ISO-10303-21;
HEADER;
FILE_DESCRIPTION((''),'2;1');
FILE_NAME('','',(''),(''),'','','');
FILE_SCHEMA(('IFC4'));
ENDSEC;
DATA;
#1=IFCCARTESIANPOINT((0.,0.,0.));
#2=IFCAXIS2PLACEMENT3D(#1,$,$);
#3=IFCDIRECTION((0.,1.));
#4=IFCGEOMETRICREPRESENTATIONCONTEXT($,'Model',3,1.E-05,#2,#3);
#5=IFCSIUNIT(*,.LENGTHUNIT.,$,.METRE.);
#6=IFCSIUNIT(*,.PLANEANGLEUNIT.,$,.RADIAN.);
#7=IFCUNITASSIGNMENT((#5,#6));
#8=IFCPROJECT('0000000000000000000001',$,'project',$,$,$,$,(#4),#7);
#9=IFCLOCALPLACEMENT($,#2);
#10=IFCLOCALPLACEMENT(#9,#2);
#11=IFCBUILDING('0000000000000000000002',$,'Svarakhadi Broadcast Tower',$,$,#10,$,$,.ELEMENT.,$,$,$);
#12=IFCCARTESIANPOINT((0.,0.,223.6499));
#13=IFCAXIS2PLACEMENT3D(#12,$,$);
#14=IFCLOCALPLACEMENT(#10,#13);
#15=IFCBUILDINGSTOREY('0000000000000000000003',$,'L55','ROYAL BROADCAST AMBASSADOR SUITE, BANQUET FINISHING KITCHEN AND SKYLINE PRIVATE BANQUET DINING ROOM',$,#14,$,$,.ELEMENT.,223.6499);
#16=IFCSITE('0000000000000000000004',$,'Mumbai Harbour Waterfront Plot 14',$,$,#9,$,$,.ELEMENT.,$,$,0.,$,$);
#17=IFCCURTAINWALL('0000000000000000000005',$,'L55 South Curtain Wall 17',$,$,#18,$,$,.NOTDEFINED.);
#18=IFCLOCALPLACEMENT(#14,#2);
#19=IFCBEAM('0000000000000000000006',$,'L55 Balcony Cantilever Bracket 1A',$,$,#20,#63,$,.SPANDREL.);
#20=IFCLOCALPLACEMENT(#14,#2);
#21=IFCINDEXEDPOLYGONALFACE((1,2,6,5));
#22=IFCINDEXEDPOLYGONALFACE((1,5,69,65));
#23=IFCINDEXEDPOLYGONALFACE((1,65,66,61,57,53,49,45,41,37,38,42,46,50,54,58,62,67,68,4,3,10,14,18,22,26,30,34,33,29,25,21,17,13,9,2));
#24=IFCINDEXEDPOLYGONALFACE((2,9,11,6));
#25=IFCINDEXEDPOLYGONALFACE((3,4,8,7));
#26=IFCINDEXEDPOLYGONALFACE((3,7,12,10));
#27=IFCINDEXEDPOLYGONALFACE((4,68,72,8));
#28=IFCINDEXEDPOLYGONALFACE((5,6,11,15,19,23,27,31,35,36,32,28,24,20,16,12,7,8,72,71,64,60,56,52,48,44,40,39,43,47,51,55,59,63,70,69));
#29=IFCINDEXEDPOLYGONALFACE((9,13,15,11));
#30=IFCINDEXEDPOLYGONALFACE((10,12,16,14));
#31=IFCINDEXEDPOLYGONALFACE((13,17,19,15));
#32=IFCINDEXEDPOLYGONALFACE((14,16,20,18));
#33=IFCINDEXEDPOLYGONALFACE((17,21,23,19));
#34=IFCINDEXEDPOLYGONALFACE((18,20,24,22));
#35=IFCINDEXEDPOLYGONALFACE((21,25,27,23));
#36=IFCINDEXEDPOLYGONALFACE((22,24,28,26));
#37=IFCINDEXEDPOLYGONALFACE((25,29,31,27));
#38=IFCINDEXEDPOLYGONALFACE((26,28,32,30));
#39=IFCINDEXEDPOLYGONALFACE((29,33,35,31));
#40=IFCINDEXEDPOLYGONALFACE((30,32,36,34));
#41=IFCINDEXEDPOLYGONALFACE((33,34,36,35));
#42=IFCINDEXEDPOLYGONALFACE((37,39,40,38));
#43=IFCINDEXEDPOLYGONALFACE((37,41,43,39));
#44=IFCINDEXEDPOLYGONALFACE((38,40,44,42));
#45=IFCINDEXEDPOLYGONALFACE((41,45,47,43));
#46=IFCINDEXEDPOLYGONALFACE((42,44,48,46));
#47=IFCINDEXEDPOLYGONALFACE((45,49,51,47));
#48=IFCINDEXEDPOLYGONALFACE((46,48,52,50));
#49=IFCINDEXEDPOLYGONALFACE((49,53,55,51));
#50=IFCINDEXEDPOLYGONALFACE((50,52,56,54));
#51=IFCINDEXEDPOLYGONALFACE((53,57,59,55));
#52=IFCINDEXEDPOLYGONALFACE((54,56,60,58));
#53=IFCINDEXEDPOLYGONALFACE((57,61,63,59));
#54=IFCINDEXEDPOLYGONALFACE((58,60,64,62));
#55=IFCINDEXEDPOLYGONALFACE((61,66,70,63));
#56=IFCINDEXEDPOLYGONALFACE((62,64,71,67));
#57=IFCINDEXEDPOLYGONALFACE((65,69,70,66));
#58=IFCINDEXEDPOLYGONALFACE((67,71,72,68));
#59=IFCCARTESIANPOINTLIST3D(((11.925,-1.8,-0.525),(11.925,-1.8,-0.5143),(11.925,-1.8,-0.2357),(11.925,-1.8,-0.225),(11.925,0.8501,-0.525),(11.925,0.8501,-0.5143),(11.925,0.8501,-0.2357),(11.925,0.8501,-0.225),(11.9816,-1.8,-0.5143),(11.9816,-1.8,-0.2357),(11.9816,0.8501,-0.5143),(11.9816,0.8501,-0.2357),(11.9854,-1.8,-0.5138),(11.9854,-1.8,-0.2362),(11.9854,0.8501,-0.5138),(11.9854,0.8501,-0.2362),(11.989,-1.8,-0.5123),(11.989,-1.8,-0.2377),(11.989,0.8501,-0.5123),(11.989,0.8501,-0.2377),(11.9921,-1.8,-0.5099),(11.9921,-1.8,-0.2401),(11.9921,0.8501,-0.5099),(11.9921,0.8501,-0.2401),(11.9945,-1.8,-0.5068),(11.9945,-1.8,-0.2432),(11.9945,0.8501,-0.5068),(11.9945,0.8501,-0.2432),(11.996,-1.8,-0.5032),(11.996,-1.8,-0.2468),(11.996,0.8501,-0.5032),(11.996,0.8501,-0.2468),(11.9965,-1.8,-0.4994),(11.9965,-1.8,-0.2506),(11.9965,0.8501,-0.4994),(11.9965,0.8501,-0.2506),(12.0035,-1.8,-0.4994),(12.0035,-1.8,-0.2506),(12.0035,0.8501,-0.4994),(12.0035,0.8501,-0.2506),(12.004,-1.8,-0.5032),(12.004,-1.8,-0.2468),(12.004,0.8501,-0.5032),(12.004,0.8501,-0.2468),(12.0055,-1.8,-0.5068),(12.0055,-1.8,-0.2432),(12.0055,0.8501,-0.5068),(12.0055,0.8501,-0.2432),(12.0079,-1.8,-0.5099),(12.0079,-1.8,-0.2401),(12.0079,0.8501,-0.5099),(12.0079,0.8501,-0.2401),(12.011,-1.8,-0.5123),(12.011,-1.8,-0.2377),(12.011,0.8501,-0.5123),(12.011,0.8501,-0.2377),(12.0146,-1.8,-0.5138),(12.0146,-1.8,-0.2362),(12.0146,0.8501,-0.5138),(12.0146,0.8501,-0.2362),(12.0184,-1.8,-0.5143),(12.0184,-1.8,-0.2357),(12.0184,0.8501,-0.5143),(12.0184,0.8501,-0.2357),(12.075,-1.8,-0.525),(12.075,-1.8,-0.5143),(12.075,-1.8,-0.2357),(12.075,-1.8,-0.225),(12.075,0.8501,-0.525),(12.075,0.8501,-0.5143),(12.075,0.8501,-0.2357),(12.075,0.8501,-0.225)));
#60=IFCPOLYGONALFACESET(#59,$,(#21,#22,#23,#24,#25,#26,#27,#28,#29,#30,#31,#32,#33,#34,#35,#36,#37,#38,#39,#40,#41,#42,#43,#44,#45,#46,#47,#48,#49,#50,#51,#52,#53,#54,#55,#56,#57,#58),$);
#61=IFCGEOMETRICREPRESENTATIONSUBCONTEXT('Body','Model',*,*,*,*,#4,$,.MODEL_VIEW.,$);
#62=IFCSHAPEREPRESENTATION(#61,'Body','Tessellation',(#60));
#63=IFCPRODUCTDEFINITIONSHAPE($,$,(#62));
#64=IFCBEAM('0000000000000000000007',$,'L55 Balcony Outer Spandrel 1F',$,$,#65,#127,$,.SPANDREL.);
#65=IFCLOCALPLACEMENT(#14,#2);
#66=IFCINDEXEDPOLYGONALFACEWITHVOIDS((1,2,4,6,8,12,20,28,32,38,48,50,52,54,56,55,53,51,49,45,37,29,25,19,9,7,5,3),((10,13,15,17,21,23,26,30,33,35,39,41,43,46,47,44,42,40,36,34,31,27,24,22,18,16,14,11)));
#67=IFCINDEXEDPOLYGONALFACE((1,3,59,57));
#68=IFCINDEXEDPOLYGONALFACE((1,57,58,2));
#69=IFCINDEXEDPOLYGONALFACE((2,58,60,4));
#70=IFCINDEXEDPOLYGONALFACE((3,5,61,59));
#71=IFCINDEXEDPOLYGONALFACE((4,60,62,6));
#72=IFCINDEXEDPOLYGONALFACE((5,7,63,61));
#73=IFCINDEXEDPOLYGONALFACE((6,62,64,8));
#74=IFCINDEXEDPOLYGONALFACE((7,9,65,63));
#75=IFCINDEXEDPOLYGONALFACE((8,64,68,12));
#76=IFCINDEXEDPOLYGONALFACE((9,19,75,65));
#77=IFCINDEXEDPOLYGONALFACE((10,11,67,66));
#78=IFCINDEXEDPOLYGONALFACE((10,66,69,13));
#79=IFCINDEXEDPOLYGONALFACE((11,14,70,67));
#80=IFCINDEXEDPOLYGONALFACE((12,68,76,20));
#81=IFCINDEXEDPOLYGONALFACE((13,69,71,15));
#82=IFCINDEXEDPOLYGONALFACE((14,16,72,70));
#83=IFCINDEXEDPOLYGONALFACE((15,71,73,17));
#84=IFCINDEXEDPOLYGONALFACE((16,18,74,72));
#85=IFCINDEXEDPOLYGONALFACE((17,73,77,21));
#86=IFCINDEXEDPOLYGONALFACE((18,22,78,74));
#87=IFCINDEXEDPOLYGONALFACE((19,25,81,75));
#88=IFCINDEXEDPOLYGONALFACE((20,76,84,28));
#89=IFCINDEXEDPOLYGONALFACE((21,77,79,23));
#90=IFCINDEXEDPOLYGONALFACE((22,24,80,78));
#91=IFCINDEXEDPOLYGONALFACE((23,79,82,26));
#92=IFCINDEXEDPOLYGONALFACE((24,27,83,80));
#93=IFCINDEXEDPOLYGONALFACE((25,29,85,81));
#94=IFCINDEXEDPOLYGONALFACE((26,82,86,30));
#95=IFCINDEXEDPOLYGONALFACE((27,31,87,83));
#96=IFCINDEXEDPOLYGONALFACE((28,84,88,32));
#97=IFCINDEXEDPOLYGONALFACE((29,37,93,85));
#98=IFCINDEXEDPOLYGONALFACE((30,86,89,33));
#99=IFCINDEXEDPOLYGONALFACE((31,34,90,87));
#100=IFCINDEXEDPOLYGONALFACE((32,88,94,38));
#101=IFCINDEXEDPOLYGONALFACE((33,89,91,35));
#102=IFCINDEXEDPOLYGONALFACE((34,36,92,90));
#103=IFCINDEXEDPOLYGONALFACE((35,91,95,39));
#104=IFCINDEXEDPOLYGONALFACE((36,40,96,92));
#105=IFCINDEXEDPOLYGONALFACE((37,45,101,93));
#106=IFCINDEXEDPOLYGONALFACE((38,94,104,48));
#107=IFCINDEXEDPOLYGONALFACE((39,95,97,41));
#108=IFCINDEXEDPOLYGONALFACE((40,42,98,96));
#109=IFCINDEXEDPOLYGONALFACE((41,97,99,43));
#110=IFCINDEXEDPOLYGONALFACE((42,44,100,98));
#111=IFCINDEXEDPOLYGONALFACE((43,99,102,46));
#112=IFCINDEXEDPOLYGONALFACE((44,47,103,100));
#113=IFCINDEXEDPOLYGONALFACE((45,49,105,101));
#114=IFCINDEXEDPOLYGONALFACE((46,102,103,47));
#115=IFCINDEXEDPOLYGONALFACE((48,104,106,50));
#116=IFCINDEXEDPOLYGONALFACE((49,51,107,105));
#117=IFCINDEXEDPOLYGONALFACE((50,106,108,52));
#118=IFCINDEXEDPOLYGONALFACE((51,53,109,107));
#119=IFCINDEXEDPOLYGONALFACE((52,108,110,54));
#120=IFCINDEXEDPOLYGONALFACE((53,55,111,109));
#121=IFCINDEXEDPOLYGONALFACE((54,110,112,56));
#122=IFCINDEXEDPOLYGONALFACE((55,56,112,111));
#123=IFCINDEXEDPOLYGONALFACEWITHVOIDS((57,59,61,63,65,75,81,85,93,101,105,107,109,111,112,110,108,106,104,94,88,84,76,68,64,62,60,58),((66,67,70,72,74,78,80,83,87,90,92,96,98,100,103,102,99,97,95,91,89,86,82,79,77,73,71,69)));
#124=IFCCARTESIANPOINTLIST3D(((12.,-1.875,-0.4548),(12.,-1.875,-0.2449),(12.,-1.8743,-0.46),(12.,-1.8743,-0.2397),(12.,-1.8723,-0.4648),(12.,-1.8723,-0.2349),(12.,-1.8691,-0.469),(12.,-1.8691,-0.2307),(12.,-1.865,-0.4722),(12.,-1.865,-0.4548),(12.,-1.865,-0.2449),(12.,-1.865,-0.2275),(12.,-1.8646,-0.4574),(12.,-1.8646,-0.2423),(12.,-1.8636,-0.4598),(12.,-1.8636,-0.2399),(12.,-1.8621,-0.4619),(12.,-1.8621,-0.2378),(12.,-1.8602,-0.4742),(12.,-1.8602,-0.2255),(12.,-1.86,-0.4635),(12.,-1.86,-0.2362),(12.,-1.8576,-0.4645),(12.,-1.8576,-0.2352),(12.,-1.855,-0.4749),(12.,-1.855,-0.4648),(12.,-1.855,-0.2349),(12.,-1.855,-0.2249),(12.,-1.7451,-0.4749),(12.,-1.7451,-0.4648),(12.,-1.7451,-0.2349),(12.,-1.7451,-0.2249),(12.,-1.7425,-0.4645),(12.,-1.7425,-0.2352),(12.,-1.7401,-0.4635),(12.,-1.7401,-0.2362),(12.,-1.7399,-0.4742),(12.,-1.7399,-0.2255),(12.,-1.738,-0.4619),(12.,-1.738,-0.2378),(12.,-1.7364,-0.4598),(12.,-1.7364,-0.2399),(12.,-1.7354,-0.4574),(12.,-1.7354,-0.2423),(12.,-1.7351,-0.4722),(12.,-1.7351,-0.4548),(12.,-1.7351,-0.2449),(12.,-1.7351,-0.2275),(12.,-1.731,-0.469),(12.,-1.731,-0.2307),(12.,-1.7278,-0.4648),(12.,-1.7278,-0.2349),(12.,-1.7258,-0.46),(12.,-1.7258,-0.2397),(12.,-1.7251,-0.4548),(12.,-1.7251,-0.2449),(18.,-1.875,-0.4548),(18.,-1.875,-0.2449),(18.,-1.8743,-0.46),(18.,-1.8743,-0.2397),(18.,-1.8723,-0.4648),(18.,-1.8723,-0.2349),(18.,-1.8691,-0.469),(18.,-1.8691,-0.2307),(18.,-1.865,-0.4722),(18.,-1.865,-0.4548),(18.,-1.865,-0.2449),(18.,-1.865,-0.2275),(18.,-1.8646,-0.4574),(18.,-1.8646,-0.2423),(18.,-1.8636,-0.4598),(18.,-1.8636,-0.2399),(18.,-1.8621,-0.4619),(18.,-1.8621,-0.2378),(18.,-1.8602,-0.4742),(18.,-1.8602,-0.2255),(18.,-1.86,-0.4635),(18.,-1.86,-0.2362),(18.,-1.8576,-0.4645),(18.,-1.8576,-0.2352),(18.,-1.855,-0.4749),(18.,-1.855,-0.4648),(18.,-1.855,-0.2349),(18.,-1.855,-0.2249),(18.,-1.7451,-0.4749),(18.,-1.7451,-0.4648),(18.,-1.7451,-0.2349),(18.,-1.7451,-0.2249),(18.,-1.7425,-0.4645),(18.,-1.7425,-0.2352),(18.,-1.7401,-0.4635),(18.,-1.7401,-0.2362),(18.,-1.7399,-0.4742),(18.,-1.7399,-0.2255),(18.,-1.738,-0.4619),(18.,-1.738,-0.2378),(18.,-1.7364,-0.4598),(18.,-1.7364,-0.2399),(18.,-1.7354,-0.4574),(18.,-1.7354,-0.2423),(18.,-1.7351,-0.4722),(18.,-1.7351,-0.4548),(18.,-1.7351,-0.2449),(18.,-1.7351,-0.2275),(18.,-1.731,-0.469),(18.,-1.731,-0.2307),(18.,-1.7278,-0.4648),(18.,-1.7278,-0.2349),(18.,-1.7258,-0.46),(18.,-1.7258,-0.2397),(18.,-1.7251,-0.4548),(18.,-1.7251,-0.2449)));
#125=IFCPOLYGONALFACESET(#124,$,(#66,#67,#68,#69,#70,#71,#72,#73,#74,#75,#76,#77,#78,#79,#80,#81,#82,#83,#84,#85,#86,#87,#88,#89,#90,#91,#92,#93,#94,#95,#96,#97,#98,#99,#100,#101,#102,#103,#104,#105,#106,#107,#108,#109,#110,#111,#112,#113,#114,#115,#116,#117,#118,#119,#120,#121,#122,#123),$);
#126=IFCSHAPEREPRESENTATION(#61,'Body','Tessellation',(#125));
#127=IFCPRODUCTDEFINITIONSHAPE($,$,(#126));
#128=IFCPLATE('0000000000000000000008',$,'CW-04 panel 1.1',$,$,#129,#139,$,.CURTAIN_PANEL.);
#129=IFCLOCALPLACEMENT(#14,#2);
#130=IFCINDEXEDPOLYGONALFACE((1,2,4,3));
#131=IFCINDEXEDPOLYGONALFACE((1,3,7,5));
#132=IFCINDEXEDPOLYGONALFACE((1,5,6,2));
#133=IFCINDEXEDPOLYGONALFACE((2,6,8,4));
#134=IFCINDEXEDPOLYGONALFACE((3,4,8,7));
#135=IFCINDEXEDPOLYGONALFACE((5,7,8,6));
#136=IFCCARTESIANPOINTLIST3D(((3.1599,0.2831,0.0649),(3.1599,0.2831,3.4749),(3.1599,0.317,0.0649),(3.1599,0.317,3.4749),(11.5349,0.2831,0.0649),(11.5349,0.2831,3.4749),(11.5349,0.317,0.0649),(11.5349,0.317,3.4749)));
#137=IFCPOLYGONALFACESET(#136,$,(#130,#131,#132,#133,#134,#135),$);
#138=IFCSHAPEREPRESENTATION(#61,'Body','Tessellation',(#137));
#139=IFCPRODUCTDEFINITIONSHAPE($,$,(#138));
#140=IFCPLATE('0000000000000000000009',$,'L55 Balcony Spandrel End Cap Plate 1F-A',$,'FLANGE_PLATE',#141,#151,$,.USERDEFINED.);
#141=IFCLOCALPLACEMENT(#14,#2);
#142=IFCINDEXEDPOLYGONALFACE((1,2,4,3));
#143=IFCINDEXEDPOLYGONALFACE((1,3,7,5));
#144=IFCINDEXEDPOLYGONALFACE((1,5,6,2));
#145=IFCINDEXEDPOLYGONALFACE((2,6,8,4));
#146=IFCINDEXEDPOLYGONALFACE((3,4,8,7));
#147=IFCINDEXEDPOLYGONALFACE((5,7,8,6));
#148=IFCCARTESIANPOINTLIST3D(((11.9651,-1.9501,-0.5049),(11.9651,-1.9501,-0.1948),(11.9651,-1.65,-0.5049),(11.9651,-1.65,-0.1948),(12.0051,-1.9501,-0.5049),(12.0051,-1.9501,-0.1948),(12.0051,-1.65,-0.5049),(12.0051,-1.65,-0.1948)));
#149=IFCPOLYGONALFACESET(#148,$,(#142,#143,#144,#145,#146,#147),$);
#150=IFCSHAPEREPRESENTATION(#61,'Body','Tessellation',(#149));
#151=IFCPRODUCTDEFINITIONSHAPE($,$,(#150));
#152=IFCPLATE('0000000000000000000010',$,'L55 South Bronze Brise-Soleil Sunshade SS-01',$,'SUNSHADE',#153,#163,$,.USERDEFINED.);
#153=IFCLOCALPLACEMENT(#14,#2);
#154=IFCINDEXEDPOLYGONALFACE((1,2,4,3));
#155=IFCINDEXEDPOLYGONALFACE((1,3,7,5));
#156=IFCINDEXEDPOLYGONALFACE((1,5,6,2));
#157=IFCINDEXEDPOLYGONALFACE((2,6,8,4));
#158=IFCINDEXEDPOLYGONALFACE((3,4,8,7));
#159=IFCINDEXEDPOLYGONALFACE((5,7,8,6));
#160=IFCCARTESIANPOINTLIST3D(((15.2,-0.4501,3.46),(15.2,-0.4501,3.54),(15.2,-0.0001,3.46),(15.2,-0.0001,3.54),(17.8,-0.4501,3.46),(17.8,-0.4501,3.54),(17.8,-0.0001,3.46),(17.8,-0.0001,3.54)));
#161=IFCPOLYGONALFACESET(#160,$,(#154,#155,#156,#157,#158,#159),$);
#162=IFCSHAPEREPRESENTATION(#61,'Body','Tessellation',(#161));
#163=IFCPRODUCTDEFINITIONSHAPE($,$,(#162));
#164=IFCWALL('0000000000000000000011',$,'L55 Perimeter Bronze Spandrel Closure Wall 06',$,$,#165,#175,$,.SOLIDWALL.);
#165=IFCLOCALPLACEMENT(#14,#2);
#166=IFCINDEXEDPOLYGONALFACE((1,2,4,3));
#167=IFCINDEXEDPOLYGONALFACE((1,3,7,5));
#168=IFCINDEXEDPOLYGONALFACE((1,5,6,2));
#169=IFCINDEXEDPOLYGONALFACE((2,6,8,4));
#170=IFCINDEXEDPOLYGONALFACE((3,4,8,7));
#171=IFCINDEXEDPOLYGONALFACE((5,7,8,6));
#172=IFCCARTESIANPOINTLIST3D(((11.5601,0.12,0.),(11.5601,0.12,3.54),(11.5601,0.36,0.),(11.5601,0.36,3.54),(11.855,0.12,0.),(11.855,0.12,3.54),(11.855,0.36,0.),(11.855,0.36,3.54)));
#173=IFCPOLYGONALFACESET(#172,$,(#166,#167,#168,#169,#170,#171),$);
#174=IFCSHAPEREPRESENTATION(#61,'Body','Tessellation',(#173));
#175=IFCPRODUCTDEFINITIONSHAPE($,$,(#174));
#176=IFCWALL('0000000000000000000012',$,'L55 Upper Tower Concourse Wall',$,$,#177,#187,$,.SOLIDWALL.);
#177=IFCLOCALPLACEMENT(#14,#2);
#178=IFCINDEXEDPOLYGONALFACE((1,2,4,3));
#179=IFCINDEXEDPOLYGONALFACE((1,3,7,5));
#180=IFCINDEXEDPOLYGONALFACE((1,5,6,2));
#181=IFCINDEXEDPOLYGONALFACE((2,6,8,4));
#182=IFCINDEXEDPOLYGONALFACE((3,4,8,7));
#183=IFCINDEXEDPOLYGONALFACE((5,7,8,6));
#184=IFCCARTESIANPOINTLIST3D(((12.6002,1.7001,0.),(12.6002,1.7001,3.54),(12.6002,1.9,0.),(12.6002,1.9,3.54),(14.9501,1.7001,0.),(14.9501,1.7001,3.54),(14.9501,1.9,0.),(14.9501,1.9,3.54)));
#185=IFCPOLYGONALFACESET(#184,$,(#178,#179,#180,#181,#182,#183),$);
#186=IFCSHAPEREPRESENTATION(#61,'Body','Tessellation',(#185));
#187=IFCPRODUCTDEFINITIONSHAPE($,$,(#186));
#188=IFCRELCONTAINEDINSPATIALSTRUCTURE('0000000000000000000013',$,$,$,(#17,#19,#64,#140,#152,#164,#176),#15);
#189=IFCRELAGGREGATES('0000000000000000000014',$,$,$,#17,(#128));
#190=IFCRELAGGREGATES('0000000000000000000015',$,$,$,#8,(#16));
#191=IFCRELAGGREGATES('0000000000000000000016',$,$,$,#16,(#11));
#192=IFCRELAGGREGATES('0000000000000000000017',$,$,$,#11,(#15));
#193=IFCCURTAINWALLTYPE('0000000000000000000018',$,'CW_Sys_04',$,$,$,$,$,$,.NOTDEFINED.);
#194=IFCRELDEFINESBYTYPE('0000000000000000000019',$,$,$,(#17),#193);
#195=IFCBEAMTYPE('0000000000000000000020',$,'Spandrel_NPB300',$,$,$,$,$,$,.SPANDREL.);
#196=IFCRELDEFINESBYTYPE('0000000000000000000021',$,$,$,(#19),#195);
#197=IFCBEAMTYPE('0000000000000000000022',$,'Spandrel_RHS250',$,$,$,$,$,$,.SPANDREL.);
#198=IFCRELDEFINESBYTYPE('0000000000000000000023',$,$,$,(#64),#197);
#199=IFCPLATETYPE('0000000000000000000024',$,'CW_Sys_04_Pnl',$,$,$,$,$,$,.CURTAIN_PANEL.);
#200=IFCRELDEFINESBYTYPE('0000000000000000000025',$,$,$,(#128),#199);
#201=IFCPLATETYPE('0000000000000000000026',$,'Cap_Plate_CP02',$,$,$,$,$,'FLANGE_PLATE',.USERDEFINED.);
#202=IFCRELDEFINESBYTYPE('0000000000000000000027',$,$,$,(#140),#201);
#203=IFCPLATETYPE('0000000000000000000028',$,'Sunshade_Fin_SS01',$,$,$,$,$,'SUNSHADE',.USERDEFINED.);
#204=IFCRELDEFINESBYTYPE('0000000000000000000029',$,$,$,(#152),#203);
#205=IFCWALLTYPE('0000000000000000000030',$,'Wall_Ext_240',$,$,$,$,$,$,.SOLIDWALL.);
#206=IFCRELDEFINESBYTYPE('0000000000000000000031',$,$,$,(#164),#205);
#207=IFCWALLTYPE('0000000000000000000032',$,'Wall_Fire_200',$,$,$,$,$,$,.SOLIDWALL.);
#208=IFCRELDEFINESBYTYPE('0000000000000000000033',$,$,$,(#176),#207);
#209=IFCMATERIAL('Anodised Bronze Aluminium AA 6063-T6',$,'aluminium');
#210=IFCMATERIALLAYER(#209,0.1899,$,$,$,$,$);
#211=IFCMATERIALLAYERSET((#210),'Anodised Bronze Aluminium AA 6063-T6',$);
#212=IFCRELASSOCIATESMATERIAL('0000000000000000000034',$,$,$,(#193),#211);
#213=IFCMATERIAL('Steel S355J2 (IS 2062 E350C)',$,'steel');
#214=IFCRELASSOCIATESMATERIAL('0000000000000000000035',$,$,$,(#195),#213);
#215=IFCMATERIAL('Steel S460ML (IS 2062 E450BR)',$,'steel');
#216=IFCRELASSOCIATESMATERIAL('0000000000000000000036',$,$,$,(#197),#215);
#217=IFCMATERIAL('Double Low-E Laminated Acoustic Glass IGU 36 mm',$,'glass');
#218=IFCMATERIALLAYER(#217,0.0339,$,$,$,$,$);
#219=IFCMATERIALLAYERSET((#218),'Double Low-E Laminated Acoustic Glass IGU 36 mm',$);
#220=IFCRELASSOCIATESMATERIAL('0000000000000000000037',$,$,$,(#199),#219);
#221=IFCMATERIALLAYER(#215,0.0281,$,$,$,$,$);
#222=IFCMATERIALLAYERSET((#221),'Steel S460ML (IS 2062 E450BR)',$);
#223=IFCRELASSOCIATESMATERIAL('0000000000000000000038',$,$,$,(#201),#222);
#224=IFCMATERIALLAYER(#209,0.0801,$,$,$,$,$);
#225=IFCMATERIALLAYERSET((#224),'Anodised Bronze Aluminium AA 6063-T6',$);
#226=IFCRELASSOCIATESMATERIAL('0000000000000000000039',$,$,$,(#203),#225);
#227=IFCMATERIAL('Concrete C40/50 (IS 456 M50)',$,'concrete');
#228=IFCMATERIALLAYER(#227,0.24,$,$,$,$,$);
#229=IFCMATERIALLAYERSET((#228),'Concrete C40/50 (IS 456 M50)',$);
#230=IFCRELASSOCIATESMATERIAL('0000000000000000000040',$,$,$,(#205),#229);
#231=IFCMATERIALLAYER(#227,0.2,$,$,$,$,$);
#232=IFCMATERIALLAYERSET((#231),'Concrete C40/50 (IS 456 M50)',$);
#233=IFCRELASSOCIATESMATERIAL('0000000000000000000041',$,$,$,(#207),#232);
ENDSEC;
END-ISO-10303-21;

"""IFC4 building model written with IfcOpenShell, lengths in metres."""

from ifc_helpers import new_model, si_unit, direction, frame, frame_2d, origin, origin_2d, place, context, subcontext, project, spatial, rectangle, hollow_rectangle, i_section, extrude, material, layer, layer_set, material_profile, profile_set, type_object, element, aggregate, save


model = new_model("IFC4")

# Units and contexts
model_context = context("Model", 3, precision=1e-05, world=origin(), true_north=direction((0.0, 1.0)))
body_context = subcontext(model_context, "Body", "Model", "MODEL_VIEW")
ifc_project = project(units=[si_unit("LENGTHUNIT", "METRE"), si_unit("PLANEANGLEUNIT", "RADIAN")], contexts=[model_context])

# Site, building, storey
site_placement = place(None, origin())
site = spatial("IfcSite", under=ifc_project, at=site_placement, Name="Mumbai Harbour Waterfront Plot 14", CompositionType="ELEMENT", RefElevation=0.0)
building_placement = place(site_placement, origin())
building = spatial("IfcBuilding", under=site, at=building_placement, Name="Svarakhadi Broadcast Tower", CompositionType="ELEMENT")
storey_placement = place(building_placement, frame((0.0, 0.0, 223.6499)))
storey = spatial("IfcBuildingStorey", under=building, at=storey_placement, Name="L55", Description="ROYAL BROADCAST AMBASSADOR SUITE, BANQUET FINISHING KITCHEN AND SKYLINE PRIVATE BANQUET DINING ROOM", CompositionType="ELEMENT", Elevation=223.6499)

# Shared definitions
ifc_material_1 = material(Name="Steel S460ML (IS 2062 E450BR)", Category="steel")

# Shared definitions
ifc_material_2 = material(Name="Steel S355J2 (IS 2062 E350C)", Category="steel")

# Curtain wall
ifc_material_3 = material(Name="Anodised Bronze Aluminium AA 6063-T6", Category="aluminium")
ifc_layer_1 = layer(ifc_material_3, 0.1899)
ifc_layer_set_1 = layer_set([ifc_layer_1], Name="Anodised Bronze Aluminium AA 6063-T6")
curtain_wall_type = type_object("IfcCurtainWallType", Name="CW_Sys_04", PredefinedType="NOTDEFINED", material=ifc_layer_set_1)
curtain_wall_placement = place(storey_placement, origin())
curtain_wall = element("IfcCurtainWall", 1, at=curtain_wall_placement, inside=storey, type_object=curtain_wall_type, Name="L55 South Curtain Wall 17", PredefinedType="NOTDEFINED")

# Beams
ifc_material_profile_1 = material_profile(ifc_material_2, i_section(OverallWidth=0.1499, OverallDepth=0.3, WebThickness=0.0071, FlangeThickness=0.0107, FilletRadius=0.0149, at=origin_2d()), Name="NPB 300x150x37")
ifc_profile_set_1 = profile_set([ifc_material_profile_1], Name="Steel S355J2 (IS 2062 E350C)")
beam_type_1 = type_object("IfcBeamType", Name="Spandrel_NPB300", PredefinedType="SPANDREL", material=ifc_profile_set_1)
beam_1_placement = place(storey_placement, frame((12.0, 0.8501, -0.375), z_axis=(0.0, -1.0, 0.0), x_axis=(1.0, 0.0, 0.0)))
element("IfcBeam", 2, at=beam_1_placement, inside=storey, type_object=beam_type_1, Name="L55 Balcony Cantilever Bracket 1A", PredefinedType="SPANDREL", context=body_context, shape_type="SweptSolid", body=[
    extrude(i_section(OverallWidth=0.1499, OverallDepth=0.3, WebThickness=0.0071, FlangeThickness=0.0107, FilletRadius=0.0149, at=origin_2d()), origin(), (0.0, 0.0, 1.0), 2.6501),
])
ifc_material_profile_2 = material_profile(ifc_material_1, hollow_rectangle(XDim=0.1499, YDim=0.25, WallThickness=0.01, InnerFilletRadius=0.01, OuterFilletRadius=0.02, at=origin_2d()), Name="RHS 250x150x10")
ifc_profile_set_2 = profile_set([ifc_material_profile_2], Name="Steel S460ML (IS 2062 E450BR)")
beam_type_2 = type_object("IfcBeamType", Name="Spandrel_RHS250", PredefinedType="SPANDREL", material=ifc_profile_set_2)
beam_2_placement = place(storey_placement, frame((12.0, -1.8, -0.3499), z_axis=(1.0, 0.0, 0.0), x_axis=(0.0, 1.0, 0.0)))
element("IfcBeam", 3, at=beam_2_placement, inside=storey, type_object=beam_type_2, Name="L55 Balcony Outer Spandrel 1F", PredefinedType="SPANDREL", context=body_context, shape_type="SweptSolid", body=[
    extrude(hollow_rectangle(XDim=0.1499, YDim=0.25, WallThickness=0.01, InnerFilletRadius=0.01, OuterFilletRadius=0.02, at=origin_2d()), origin(), (0.0, 0.0, 1.0), 6.0),
])

# Plate
ifc_material_4 = material(Name="Double Low-E Laminated Acoustic Glass IGU 36 mm", Category="glass")
ifc_layer_2 = layer(ifc_material_4, 0.0339)
ifc_layer_set_2 = layer_set([ifc_layer_2], Name="Double Low-E Laminated Acoustic Glass IGU 36 mm")
plate_type_1 = type_object("IfcPlateType", Name="CW_Sys_04_Pnl", PredefinedType="CURTAIN_PANEL", material=ifc_layer_set_2)
plate_1_placement = place(storey_placement, frame((7.3474, 0.3, 0.0649), z_axis=(0.0, 0.0, 1.0), x_axis=(-1.0, 0.0, 0.0)))
plate_1 = element("IfcPlate", 4, at=plate_1_placement, type_object=plate_type_1, Name="CW-04 panel 1.1", PredefinedType="CURTAIN_PANEL", context=body_context, shape_type="SweptSolid", body=[
    extrude(rectangle(XDim=8.375, YDim=0.0339, at=origin_2d()), origin(), (0.0, 0.0, 1.0), 3.4099),
])
aggregate(curtain_wall, [plate_1])

# Plates
ifc_layer_3 = layer(ifc_material_1, 0.0281)
ifc_layer_set_3 = layer_set([ifc_layer_3], Name="Steel S460ML (IS 2062 E450BR)")
plate_type_2 = type_object("IfcPlateType", Name="Cap_Plate_CP02", ElementType="FLANGE_PLATE", PredefinedType="USERDEFINED", material=ifc_layer_set_3)
plate_2_placement = place(storey_placement, frame((11.9851, -1.8, -0.5049), z_axis=(0.0, 0.0, 1.0), x_axis=(1.0, 0.0, 0.0)))
element("IfcPlate", 5, at=plate_2_placement, inside=storey, type_object=plate_type_2, Name="L55 Balcony Spandrel End Cap Plate 1F-A", ObjectType="FLANGE_PLATE", PredefinedType="USERDEFINED", context=body_context, shape_type="SweptSolid", body=[
    extrude(rectangle(XDim=0.04, YDim=0.3, at=origin_2d()), origin(), (0.0, 0.0, 1.0), 0.3101),
])
ifc_layer_4 = layer(ifc_material_3, 0.0801)
ifc_layer_set_4 = layer_set([ifc_layer_4], Name="Anodised Bronze Aluminium AA 6063-T6")
plate_type_3 = type_object("IfcPlateType", Name="Sunshade_Fin_SS01", ElementType="SUNSHADE", PredefinedType="USERDEFINED", material=ifc_layer_set_4)
plate_3_placement = place(storey_placement, frame((16.5, -0.2251, 3.46), z_axis=(0.0, 0.0, 1.0), x_axis=(1.0, 0.0, 0.0)))
element("IfcPlate", 6, at=plate_3_placement, inside=storey, type_object=plate_type_3, Name="L55 South Bronze Brise-Soleil Sunshade SS-01", ObjectType="SUNSHADE", PredefinedType="USERDEFINED", context=body_context, shape_type="SweptSolid", body=[
    extrude(rectangle(XDim=2.6001, YDim=0.45, at=origin_2d()), origin(), (0.0, 0.0, 1.0), 0.0801),
])

# Walls
ifc_material_5 = material(Name="Concrete C40/50 (IS 456 M50)", Category="concrete")
ifc_layer_5 = layer(ifc_material_5, 0.24)
ifc_layer_set_5 = layer_set([ifc_layer_5], Name="Concrete C40/50 (IS 456 M50)")
wall_type_1 = type_object("IfcWallType", Name="Wall_Ext_240", PredefinedType="SOLIDWALL", material=ifc_layer_set_5)
wall_1_placement = place(storey_placement, frame((11.855, 0.24, 0.0), z_axis=(0.0, 0.0, 1.0), x_axis=(-1.0, 0.0, 0.0)))
element("IfcWall", 7, at=wall_1_placement, inside=storey, type_object=wall_type_1, Name="L55 Perimeter Bronze Spandrel Closure Wall 06", PredefinedType="SOLIDWALL", context=body_context, shape_type="SweptSolid", body=[
    extrude(rectangle(XDim=0.2949, YDim=0.24, at=frame_2d((0.1475, 0.0))), origin(), (0.0, 0.0, 1.0), 3.54),
])
ifc_layer_6 = layer(ifc_material_5, 0.2)
ifc_layer_set_6 = layer_set([ifc_layer_6], Name="Concrete C40/50 (IS 456 M50)")
wall_type_2 = type_object("IfcWallType", Name="Wall_Fire_200", PredefinedType="SOLIDWALL", material=ifc_layer_set_6)
wall_2_placement = place(storey_placement, frame((14.95, 1.8, 0.0), z_axis=(0.0, 0.0, 1.0), x_axis=(-1.0, 0.0, 0.0)))
element("IfcWall", 8, at=wall_2_placement, inside=storey, type_object=wall_type_2, Name="L55 Upper Tower Concourse Wall", PredefinedType="SOLIDWALL", context=body_context, shape_type="SweptSolid", body=[
    extrude(rectangle(XDim=2.3499, YDim=0.2, at=frame_2d((1.1748, 0.0))), origin(), (0.0, 0.0, 1.0), 3.54),
])

save(model, "model.ifc")
